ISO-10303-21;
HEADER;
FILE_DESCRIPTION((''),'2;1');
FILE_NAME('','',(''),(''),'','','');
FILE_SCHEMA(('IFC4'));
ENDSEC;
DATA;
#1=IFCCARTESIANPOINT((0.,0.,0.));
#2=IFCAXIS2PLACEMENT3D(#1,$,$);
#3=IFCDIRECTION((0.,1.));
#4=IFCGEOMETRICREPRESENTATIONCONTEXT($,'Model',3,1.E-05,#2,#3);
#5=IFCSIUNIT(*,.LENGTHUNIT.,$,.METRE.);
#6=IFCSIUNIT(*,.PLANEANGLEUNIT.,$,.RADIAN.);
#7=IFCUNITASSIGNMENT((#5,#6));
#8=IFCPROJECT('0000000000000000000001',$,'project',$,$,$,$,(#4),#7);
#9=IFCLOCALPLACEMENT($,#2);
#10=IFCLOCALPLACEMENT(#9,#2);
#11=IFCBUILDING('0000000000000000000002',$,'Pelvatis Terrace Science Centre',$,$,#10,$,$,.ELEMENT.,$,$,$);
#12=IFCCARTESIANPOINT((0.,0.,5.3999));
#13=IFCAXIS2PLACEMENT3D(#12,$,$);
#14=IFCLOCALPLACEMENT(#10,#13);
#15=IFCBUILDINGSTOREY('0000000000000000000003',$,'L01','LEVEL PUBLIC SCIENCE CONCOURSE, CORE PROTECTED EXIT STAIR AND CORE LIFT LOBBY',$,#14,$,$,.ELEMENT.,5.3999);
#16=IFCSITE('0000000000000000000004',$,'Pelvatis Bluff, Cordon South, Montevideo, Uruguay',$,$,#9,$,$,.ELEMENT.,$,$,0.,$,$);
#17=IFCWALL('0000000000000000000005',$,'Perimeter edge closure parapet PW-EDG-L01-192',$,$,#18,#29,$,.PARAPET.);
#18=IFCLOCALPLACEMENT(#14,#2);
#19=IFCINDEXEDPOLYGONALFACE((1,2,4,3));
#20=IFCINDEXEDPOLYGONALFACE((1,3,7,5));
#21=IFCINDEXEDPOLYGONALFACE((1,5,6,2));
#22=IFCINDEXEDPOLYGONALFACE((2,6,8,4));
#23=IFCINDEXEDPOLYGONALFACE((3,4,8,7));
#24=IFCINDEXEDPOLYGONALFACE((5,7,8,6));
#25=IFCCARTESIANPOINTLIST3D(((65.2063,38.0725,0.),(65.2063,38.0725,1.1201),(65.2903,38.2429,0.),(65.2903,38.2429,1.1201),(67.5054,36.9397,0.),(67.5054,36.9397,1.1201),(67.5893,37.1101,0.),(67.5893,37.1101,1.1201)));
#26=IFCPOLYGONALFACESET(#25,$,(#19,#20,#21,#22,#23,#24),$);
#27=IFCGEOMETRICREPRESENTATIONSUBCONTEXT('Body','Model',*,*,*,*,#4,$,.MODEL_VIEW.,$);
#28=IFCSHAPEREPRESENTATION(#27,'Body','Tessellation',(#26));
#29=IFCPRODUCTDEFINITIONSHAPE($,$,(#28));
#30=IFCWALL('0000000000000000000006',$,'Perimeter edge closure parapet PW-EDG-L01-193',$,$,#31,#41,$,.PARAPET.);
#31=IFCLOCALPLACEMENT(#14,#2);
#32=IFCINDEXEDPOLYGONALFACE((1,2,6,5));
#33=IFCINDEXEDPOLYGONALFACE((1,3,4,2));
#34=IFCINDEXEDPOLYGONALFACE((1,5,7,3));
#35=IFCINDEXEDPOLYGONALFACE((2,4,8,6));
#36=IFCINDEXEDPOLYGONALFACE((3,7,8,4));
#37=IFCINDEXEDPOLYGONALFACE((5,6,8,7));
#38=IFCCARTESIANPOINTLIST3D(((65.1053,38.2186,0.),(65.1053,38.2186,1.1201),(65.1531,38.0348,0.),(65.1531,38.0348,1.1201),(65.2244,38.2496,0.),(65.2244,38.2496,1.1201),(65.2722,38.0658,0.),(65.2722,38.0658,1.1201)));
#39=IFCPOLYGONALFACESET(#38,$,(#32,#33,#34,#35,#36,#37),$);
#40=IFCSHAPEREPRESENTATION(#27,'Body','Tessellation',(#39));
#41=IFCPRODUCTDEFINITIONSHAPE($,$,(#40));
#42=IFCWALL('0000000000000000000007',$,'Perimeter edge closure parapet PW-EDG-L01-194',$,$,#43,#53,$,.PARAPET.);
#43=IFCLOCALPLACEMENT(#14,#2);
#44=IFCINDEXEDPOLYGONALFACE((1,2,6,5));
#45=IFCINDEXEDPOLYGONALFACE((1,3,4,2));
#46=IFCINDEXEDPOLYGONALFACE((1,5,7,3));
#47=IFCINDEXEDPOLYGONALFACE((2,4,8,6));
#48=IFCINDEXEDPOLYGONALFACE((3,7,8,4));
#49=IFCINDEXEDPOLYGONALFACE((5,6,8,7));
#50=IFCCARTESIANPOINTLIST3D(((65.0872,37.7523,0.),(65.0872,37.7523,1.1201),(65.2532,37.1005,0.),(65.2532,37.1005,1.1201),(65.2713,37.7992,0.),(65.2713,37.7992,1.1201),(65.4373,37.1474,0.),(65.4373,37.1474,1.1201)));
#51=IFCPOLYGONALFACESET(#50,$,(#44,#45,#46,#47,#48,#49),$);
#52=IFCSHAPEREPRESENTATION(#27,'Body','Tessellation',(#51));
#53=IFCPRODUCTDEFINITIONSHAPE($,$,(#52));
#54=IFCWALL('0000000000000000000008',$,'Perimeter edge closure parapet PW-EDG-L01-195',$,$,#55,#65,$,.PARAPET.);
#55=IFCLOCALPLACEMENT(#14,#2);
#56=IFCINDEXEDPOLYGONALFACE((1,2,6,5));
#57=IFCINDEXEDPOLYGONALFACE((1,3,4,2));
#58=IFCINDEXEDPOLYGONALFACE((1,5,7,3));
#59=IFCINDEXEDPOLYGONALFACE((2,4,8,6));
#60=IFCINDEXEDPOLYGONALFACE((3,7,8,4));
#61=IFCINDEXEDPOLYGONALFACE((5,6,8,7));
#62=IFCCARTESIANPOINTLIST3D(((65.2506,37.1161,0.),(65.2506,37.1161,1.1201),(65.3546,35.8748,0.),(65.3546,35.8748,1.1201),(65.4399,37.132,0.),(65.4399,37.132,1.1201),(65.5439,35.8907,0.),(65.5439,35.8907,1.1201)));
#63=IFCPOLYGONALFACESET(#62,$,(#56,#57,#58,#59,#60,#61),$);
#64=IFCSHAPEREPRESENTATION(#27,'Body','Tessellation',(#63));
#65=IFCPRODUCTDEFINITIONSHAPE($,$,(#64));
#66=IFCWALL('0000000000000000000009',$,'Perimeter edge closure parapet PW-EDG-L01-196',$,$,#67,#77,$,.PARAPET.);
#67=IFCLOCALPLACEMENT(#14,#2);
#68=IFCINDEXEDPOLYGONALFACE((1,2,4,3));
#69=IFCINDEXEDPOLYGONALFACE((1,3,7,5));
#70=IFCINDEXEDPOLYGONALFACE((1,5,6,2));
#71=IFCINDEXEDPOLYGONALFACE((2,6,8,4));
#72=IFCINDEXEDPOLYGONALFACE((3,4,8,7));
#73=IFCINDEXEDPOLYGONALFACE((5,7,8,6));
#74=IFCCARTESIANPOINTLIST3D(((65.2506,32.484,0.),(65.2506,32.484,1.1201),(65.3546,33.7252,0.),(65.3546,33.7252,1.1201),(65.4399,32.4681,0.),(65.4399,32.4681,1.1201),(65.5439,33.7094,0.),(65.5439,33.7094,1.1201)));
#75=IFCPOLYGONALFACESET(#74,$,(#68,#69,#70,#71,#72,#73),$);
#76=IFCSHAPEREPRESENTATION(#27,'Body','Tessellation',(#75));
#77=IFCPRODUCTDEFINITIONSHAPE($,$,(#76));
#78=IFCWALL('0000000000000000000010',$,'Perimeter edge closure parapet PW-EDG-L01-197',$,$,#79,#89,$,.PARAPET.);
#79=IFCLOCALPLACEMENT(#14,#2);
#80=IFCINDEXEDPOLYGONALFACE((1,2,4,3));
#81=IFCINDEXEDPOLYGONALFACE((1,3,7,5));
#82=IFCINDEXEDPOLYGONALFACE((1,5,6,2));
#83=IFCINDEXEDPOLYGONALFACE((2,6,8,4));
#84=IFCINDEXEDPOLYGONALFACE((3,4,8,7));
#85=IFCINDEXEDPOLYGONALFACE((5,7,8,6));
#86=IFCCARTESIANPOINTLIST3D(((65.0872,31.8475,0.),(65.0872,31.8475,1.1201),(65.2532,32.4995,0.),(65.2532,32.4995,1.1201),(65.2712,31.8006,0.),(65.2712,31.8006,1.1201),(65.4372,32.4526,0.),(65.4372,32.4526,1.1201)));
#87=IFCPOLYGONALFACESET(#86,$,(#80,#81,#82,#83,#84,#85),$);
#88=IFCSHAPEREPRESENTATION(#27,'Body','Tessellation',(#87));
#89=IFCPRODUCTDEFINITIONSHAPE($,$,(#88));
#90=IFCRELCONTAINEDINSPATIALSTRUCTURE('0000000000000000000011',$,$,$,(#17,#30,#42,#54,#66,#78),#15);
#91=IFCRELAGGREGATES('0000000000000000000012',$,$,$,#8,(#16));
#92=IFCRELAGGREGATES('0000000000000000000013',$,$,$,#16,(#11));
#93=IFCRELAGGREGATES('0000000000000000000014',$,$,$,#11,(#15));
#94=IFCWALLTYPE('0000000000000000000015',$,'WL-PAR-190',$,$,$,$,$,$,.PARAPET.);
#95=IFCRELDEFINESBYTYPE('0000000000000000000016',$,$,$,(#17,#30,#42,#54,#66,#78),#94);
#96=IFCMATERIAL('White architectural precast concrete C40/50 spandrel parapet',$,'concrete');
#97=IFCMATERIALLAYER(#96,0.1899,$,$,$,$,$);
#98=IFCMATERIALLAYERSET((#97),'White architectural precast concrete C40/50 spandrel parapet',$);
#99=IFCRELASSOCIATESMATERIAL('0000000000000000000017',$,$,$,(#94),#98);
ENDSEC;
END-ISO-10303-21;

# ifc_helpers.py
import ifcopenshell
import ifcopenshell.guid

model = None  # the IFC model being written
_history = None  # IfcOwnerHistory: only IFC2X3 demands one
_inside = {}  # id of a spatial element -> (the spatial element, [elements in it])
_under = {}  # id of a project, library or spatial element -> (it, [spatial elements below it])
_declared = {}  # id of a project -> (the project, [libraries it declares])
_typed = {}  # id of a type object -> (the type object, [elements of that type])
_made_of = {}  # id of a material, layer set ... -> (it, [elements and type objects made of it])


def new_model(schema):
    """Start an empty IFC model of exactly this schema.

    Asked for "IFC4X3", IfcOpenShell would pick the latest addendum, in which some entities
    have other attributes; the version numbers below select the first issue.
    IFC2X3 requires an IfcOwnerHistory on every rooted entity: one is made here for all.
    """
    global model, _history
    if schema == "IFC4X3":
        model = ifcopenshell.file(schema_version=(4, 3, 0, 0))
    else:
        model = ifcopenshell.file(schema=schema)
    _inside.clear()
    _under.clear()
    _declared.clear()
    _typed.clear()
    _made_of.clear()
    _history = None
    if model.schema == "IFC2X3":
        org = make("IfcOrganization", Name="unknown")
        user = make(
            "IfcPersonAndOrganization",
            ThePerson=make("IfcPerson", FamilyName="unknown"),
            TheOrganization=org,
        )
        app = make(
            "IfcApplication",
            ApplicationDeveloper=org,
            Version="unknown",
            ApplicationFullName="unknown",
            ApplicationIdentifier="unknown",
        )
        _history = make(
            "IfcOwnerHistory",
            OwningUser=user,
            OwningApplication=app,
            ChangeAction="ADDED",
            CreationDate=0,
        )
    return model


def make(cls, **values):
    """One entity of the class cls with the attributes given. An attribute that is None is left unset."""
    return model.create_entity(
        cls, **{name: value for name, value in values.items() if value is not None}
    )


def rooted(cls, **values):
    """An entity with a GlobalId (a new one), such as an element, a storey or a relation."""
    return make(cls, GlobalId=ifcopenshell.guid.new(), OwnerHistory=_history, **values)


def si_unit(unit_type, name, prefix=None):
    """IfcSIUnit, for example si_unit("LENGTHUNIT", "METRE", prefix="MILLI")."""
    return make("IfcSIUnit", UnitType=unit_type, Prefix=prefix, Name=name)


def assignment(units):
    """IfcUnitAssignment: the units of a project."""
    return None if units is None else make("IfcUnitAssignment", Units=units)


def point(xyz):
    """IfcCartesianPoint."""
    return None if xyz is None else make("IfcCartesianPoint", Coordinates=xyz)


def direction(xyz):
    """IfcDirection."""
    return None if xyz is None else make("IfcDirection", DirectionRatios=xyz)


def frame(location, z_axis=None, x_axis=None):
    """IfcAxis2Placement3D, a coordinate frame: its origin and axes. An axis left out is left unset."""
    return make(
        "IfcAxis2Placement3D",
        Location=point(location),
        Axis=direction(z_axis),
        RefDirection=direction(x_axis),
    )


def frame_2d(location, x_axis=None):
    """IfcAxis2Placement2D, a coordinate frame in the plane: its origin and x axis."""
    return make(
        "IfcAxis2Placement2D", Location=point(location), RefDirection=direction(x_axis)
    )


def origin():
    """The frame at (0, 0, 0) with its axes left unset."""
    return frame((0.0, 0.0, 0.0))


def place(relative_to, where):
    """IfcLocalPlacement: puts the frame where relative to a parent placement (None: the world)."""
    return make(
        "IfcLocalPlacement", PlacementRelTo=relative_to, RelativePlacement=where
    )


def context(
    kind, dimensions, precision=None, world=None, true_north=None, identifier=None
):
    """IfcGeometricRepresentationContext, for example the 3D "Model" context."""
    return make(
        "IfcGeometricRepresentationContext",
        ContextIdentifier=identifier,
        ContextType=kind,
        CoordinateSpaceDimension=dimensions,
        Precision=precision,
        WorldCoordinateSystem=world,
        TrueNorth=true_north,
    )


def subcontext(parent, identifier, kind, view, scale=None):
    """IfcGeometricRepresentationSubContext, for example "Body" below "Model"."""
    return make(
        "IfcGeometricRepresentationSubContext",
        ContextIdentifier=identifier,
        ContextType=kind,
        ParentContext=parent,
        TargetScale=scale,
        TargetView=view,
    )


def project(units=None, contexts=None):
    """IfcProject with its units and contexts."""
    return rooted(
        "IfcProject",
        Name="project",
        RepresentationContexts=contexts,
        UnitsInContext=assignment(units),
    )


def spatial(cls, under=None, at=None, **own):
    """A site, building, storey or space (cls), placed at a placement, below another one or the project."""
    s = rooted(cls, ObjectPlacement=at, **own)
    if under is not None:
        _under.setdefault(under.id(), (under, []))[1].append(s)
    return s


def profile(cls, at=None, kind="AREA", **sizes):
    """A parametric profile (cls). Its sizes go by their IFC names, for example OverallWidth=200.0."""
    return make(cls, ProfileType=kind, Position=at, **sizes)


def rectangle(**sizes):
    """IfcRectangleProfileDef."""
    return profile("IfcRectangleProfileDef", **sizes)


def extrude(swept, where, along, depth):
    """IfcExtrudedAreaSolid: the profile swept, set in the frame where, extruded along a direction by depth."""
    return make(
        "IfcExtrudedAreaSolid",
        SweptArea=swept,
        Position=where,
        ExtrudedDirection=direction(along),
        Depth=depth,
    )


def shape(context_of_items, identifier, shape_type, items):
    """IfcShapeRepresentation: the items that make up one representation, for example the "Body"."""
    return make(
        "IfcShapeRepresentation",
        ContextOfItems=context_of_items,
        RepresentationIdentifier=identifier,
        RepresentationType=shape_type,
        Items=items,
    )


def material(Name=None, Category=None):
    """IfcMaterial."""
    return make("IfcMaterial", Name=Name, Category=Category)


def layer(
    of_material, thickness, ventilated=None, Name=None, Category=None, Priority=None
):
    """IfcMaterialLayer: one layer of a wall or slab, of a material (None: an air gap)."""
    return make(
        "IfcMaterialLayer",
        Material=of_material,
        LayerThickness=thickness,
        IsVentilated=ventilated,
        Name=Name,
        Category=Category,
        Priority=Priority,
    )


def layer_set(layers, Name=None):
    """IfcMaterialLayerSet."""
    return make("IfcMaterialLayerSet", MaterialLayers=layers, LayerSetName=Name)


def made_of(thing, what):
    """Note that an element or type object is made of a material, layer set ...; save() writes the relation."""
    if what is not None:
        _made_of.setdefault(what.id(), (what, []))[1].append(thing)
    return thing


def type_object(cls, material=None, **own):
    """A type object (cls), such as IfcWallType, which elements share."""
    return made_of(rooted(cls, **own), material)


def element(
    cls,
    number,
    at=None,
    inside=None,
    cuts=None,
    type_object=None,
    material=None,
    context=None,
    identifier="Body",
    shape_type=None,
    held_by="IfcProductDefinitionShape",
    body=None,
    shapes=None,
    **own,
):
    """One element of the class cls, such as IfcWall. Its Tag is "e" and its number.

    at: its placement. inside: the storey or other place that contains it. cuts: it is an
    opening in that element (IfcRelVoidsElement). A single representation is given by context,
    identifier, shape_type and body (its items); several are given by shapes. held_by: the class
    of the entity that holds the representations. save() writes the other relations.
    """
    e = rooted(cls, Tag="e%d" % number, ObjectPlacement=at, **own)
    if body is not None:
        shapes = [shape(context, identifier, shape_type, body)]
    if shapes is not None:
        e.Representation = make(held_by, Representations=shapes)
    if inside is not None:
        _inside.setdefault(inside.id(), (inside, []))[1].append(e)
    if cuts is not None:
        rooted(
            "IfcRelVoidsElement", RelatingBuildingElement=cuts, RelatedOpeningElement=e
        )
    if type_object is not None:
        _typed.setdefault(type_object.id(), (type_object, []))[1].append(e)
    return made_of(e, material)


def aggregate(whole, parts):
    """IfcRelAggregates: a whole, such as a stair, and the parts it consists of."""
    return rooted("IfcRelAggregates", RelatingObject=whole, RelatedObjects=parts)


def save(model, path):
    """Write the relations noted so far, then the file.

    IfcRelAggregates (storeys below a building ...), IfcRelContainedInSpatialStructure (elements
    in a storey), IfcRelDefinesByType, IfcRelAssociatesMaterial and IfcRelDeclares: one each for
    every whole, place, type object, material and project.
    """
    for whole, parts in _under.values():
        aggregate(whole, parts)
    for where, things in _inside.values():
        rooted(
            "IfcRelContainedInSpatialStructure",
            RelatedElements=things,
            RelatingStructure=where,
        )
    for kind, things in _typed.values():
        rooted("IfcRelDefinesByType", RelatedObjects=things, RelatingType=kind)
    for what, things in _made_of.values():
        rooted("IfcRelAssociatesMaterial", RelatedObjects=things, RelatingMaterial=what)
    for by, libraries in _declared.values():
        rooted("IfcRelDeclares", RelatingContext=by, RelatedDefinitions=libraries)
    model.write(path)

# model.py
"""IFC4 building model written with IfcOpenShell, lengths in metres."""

from ifc_helpers import new_model, si_unit, direction, frame, frame_2d, origin, place, context, subcontext, project, spatial, rectangle, extrude, material, layer, layer_set, type_object, element, save


model = new_model("IFC4")

# Units and contexts
model_context = context("Model", 3, precision=1e-05, world=origin(), true_north=direction((0.0, 1.0)))
body_context = subcontext(model_context, "Body", "Model", "MODEL_VIEW")
ifc_project = project(units=[si_unit("LENGTHUNIT", "METRE"), si_unit("PLANEANGLEUNIT", "RADIAN")], contexts=[model_context])

# Site, building, storey
site_placement = place(None, origin())
site = spatial("IfcSite", under=ifc_project, at=site_placement, Name="Pelvatis Bluff, Cordon South, Montevideo, Uruguay", CompositionType="ELEMENT", RefElevation=0.0)
building_placement = place(site_placement, origin())
building = spatial("IfcBuilding", under=site, at=building_placement, Name="Pelvatis Terrace Science Centre", CompositionType="ELEMENT")
storey_placement = place(building_placement, frame((0.0, 0.0, 5.3999)))
storey = spatial("IfcBuildingStorey", under=building, at=storey_placement, Name="L01", Description="LEVEL PUBLIC SCIENCE CONCOURSE, CORE PROTECTED EXIT STAIR AND CORE LIFT LOBBY", CompositionType="ELEMENT", Elevation=5.3999)

# Walls
ifc_material_1 = material(Name="White architectural precast concrete C40/50 spandrel parapet", Category="concrete")
ifc_layer_1 = layer(ifc_material_1, 0.1899)
ifc_layer_set_1 = layer_set([ifc_layer_1], Name="White architectural precast concrete C40/50 spandrel parapet")
wall_type_1 = type_object("IfcWallType", Name="WL-PAR-190", PredefinedType="PARAPET", material=ifc_layer_set_1)
wall_1_placement = place(storey_placement, frame((67.5474, 37.0249, 0.0), z_axis=(0.0, 0.0, 1.0), x_axis=(-0.897022, 0.441986, 0.0)))
element("IfcWall", 1, at=wall_1_placement, inside=storey, type_object=wall_type_1, Name="Perimeter edge closure parapet PW-EDG-L01-192", PredefinedType="PARAPET", context=body_context, shape_type="SweptSolid", body=[
    extrude(rectangle(XDim=2.563, YDim=0.1899, at=frame_2d((1.2815, 0.0))), origin(), (0.0, 0.0, 1.0), 1.1201),
])
wall_2_placement = place(storey_placement, frame((65.2483, 38.1577, 0.0), z_axis=(0.0, 0.0, 1.0), x_axis=(-0.967765, -0.251857, 0.0)))
element("IfcWall", 2, at=wall_2_placement, inside=storey, type_object=wall_type_1, Name="Perimeter edge closure parapet PW-EDG-L01-193", PredefinedType="PARAPET", context=body_context, shape_type="SweptSolid", body=[
    extrude(rectangle(XDim=0.123, YDim=0.1899, at=frame_2d((0.0615, 0.0))), origin(), (0.0, 0.0, 1.0), 1.1201),
])
wall_3_placement = place(storey_placement, frame((65.1792, 37.7759, 0.0), z_axis=(0.0, 0.0, 1.0), x_axis=(0.246803, -0.969066, 0.0)))
element("IfcWall", 3, at=wall_3_placement, inside=storey, type_object=wall_type_1, Name="Perimeter edge closure parapet PW-EDG-L01-194", PredefinedType="PARAPET", context=body_context, shape_type="SweptSolid", body=[
    extrude(rectangle(XDim=0.6726, YDim=0.1899, at=frame_2d((0.3364, 0.0))), origin(), (0.0, 0.0, 1.0), 1.1201),
])
for number, where, z_axis, x_axis, name in (
    (4, (65.3452, 37.124, 0.0), (0.0, 0.0, 1.0), (0.0835, -0.996508, 0.0), "Perimeter edge closure parapet PW-EDG-L01-195"),
    (5, (65.4492, 33.7173, 0.0), (0.0, 0.0, 1.0), (-0.0835, -0.996508, 0.0), "Perimeter edge closure parapet PW-EDG-L01-196"),
):
    element("IfcWall", number, at=place(storey_placement, frame(where, z_axis=z_axis, x_axis=x_axis)), inside=storey, type_object=wall_type_1, Name=name, PredefinedType="PARAPET", context=body_context, shape_type="SweptSolid", body=[
        extrude(rectangle(XDim=1.2456, YDim=0.1899, at=frame_2d((0.6228, 0.0))), origin(), (0.0, 0.0, 1.0), 1.1201),
    ])
wall_4_placement = place(storey_placement, frame((65.3452, 32.4761, 0.0), z_axis=(0.0, 0.0, 1.0), x_axis=(-0.246716, -0.969088, 0.0)))
element("IfcWall", 6, at=wall_4_placement, inside=storey, type_object=wall_type_1, Name="Perimeter edge closure parapet PW-EDG-L01-197", PredefinedType="PARAPET", context=body_context, shape_type="SweptSolid", body=[
    extrude(rectangle(XDim=0.6729, YDim=0.1899, at=frame_2d((0.3364, 0.0))), origin(), (0.0, 0.0, 1.0), 1.1201),
])

save(model, "model.ifc")
